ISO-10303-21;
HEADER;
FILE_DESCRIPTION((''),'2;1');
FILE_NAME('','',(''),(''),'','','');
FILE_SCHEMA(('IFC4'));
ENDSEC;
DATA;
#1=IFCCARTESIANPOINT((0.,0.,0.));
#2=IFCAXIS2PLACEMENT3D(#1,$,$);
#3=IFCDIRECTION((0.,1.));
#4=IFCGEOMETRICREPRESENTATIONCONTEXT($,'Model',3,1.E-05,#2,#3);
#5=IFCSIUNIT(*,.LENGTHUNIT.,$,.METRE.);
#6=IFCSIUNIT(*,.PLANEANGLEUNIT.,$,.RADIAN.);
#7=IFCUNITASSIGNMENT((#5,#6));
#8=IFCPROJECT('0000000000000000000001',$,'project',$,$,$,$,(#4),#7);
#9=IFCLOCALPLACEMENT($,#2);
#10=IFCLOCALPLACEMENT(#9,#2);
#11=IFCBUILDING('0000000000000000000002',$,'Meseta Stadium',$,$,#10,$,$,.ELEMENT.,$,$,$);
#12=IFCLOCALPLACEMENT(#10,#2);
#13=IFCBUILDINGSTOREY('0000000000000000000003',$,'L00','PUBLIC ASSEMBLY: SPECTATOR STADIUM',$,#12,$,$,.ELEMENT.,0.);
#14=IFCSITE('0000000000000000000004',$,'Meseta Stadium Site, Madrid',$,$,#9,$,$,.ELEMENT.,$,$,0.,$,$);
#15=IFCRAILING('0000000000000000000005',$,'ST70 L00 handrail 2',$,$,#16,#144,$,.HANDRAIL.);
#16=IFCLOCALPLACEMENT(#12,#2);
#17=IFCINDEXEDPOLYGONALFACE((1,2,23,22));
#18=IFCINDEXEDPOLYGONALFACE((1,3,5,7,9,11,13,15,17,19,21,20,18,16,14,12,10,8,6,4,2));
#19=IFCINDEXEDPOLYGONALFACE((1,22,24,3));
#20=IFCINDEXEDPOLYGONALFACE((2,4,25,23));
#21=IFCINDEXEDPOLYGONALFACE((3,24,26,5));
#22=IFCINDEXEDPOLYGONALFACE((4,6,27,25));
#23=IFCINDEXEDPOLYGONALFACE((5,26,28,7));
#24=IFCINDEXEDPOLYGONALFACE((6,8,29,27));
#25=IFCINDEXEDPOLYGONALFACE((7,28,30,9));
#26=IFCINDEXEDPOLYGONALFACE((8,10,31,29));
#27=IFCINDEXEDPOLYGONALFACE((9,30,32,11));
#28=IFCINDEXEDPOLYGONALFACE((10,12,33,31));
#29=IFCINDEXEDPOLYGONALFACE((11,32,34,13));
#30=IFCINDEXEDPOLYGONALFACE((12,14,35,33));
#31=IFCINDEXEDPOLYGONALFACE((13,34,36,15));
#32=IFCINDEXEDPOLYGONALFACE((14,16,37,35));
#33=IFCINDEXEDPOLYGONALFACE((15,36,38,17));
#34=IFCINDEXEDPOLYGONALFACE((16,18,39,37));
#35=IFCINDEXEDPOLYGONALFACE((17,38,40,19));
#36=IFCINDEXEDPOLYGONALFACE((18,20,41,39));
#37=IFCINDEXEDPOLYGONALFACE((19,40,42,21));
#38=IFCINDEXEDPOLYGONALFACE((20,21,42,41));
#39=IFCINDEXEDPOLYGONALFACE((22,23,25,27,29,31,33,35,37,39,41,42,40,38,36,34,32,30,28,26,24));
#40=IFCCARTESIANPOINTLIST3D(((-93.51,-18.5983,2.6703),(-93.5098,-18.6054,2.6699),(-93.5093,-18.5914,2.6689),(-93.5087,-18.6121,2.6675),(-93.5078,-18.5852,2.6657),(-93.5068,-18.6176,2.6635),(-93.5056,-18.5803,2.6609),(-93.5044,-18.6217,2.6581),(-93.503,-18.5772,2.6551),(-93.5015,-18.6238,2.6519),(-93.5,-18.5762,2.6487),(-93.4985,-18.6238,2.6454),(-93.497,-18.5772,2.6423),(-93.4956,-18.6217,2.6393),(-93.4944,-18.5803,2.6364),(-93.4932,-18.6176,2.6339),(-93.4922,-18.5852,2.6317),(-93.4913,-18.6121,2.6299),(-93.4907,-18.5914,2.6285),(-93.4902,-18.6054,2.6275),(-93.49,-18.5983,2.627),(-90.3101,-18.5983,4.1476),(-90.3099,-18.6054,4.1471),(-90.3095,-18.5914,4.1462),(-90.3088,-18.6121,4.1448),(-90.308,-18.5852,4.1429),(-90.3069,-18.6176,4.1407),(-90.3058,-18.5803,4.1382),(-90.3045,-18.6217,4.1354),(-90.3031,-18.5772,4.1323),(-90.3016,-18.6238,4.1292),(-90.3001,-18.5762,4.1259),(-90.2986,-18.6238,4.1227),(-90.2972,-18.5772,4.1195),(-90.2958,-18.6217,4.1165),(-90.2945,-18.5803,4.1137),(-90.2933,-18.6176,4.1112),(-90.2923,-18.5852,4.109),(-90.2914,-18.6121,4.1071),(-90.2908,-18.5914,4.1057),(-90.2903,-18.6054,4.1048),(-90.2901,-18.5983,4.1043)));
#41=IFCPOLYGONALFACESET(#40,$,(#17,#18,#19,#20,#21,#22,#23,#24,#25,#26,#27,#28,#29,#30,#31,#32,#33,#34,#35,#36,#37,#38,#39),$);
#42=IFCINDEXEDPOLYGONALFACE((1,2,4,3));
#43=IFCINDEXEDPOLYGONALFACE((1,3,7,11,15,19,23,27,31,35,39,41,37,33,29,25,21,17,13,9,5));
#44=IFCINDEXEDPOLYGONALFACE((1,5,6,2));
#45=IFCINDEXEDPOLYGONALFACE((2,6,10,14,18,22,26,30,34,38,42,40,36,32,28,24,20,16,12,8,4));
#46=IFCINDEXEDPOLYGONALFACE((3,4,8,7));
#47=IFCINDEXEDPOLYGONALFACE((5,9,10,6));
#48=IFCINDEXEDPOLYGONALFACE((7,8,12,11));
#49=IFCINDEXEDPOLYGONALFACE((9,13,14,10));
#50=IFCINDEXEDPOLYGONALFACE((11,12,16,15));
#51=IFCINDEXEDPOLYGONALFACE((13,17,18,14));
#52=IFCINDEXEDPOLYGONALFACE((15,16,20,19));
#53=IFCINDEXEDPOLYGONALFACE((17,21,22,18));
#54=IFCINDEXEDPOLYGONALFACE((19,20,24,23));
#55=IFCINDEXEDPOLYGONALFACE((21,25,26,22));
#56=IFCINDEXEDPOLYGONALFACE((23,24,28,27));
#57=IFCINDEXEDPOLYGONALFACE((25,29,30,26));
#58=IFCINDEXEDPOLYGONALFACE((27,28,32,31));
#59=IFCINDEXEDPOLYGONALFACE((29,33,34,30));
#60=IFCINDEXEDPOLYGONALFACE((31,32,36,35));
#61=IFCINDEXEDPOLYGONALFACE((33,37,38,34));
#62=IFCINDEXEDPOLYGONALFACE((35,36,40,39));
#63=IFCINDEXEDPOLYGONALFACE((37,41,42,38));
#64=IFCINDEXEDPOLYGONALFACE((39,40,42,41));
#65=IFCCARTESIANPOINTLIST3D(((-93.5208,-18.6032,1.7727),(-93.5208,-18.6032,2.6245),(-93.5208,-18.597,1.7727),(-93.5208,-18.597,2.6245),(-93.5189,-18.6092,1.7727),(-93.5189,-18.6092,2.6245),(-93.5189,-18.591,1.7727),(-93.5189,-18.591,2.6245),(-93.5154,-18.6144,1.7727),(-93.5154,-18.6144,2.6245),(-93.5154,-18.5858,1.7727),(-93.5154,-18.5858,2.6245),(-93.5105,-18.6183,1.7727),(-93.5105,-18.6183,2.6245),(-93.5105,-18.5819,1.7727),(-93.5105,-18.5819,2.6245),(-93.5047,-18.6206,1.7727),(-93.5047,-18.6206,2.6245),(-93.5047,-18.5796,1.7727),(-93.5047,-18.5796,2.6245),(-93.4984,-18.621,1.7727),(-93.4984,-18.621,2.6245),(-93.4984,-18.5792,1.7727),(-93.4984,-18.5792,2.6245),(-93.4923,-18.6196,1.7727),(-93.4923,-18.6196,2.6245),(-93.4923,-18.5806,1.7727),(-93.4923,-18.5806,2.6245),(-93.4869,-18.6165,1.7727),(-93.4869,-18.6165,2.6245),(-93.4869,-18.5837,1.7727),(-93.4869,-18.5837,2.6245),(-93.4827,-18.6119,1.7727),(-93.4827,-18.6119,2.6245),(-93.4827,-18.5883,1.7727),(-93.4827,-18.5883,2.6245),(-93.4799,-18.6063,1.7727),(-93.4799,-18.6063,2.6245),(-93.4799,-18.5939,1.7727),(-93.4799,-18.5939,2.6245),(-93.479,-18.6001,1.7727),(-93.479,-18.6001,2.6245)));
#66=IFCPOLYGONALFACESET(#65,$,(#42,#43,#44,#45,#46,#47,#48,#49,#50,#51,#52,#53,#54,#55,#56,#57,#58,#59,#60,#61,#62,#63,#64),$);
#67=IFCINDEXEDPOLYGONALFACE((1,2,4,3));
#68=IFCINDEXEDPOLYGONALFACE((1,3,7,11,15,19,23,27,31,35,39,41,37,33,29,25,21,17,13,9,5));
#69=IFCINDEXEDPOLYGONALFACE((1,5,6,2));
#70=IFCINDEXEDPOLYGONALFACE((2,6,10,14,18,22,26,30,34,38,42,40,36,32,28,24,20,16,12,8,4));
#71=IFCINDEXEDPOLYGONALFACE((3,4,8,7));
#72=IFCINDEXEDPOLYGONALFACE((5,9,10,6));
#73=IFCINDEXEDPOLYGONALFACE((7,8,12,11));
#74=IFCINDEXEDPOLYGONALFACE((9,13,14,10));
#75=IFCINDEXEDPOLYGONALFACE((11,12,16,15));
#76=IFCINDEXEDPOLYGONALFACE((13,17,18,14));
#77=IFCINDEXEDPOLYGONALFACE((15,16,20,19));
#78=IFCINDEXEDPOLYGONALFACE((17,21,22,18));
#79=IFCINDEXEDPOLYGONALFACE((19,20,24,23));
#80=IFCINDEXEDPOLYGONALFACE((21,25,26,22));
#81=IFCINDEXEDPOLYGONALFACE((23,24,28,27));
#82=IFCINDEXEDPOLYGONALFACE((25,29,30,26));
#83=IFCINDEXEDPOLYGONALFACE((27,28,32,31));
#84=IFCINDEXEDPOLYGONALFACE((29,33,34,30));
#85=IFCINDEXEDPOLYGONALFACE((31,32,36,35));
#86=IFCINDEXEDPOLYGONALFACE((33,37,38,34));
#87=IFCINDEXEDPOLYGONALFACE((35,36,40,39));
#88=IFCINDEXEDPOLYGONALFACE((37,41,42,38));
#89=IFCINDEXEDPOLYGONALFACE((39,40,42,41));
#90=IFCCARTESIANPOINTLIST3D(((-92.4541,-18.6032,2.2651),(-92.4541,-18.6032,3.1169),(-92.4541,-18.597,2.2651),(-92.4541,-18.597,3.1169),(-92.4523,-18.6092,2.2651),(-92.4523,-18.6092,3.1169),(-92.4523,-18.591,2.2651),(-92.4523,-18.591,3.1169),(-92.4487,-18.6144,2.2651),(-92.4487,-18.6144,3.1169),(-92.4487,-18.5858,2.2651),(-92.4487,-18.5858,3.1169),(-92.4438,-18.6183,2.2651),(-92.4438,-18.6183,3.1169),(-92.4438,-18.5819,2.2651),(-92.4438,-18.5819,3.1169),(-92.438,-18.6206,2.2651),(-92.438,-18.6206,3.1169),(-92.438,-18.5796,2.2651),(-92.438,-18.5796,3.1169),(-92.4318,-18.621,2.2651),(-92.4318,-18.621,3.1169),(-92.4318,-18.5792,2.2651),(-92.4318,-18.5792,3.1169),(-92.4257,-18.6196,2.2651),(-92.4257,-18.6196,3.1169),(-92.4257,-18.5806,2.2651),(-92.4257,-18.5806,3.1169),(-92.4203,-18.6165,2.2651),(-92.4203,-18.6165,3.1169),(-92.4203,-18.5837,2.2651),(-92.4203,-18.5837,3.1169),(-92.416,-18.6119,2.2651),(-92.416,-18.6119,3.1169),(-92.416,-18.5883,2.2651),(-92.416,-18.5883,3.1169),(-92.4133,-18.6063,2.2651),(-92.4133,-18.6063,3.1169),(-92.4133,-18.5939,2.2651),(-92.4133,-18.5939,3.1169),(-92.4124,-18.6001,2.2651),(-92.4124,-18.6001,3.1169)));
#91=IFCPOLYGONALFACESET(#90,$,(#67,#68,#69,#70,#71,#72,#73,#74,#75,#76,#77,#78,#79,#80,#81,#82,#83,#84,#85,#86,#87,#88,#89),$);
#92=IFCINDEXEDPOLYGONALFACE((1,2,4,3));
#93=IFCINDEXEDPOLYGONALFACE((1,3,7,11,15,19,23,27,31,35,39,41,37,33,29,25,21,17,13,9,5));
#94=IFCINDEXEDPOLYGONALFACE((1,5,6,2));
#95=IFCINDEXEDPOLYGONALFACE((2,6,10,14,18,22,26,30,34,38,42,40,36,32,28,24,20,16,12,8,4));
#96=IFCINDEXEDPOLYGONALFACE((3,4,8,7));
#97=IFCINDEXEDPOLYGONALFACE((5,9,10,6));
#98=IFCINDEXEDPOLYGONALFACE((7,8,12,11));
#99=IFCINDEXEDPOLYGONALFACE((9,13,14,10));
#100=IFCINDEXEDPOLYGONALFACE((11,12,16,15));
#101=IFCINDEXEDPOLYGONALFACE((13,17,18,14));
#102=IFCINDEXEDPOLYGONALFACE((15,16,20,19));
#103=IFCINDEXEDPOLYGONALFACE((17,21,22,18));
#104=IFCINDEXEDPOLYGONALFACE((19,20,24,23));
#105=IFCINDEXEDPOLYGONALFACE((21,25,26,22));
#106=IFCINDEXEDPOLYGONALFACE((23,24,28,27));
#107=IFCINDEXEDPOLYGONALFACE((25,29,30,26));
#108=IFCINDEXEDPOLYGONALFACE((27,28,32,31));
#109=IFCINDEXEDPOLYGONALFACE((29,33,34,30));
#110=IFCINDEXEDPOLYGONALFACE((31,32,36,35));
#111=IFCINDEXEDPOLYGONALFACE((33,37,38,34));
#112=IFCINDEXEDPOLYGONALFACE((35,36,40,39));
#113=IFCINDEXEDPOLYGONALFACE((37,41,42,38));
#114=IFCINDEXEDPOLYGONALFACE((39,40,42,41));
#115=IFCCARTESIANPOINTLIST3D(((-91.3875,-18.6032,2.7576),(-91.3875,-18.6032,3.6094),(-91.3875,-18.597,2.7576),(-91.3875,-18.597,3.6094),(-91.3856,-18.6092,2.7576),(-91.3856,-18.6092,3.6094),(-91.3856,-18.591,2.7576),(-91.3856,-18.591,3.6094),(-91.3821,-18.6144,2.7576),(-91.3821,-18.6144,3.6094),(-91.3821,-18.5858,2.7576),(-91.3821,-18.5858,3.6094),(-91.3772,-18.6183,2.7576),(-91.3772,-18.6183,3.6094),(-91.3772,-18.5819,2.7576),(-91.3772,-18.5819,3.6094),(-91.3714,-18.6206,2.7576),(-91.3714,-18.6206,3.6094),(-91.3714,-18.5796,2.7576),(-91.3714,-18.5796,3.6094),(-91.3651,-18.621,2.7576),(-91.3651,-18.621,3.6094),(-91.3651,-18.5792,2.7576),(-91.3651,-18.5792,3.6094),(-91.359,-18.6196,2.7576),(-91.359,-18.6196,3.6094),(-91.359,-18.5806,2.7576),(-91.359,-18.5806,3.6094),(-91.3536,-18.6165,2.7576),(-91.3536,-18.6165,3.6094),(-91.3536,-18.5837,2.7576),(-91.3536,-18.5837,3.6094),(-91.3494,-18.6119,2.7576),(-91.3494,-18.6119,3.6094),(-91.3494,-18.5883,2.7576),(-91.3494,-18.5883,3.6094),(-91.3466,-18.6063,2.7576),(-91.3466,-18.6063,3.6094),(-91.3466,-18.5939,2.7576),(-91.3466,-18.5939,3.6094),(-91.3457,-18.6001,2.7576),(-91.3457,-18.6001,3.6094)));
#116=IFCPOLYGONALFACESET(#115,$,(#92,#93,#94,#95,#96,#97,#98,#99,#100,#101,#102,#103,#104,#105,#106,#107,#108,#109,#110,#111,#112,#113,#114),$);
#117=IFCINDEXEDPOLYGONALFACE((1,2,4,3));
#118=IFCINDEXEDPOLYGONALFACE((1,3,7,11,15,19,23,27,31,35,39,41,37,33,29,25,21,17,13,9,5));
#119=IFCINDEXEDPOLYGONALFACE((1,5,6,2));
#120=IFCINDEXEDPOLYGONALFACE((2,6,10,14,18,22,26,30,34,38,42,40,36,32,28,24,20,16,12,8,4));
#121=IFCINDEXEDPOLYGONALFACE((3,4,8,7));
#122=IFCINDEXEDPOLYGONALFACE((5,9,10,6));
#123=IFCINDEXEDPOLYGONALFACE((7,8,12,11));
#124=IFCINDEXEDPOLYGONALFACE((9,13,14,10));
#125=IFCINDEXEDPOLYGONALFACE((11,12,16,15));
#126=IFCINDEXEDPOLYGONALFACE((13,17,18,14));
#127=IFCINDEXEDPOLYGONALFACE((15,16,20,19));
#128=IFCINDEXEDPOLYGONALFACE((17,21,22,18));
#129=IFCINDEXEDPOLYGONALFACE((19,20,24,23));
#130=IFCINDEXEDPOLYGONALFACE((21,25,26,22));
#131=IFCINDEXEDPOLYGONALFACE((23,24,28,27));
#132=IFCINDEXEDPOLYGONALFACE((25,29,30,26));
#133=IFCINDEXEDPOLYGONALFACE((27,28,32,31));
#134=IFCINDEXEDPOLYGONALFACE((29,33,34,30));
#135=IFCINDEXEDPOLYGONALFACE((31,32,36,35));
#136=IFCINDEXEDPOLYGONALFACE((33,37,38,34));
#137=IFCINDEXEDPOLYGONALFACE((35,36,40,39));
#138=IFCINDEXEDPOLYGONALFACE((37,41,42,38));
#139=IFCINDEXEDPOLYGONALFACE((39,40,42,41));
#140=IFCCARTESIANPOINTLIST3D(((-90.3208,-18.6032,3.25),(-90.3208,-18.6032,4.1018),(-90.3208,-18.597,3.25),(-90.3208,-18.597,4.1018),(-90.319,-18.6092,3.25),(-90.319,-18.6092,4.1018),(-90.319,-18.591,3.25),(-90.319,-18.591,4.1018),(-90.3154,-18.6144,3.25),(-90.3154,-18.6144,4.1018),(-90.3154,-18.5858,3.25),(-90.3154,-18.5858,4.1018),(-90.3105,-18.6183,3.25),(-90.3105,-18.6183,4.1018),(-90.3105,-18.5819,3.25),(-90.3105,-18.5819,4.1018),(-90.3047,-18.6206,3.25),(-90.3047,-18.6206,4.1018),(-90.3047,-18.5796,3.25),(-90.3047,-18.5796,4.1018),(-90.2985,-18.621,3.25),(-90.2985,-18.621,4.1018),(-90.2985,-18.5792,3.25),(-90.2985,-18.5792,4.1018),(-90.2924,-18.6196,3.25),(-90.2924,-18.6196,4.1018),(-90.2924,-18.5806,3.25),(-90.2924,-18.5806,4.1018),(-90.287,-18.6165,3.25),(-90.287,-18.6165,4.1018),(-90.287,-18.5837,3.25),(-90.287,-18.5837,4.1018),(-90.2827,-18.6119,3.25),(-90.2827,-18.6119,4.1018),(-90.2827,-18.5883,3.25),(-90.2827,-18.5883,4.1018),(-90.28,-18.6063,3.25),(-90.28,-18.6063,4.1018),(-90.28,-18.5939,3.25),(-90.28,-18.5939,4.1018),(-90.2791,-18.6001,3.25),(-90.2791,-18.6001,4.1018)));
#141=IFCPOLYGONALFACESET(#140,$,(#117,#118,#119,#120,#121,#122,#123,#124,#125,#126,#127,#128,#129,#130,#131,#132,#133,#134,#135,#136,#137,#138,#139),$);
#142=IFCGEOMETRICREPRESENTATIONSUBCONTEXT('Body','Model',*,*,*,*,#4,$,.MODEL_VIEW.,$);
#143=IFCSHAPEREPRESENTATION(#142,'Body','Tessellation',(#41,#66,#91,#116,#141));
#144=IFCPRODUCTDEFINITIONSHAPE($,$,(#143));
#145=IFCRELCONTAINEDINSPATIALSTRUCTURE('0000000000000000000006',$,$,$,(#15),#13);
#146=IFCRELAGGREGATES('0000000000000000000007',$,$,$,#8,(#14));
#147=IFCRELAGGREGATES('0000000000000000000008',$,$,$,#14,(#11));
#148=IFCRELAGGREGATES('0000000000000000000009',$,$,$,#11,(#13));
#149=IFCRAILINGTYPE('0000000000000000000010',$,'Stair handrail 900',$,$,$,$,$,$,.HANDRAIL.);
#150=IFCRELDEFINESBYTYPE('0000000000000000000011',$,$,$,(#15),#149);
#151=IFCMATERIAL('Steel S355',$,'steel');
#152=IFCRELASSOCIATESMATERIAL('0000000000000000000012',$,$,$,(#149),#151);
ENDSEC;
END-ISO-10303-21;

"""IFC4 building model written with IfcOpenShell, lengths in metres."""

from ifc_helpers import new_model, si_unit, direction, frame, origin, origin_2d, place, context, subcontext, project, spatial, circle, extrude, material, type_object, element, save


model = new_model("IFC4")

# Units and contexts
model_context = context("Model", 3, precision=1e-05, world=origin(), true_north=direction((0.0, 1.0)))
body_context = subcontext(model_context, "Body", "Model", "MODEL_VIEW")
ifc_project = project(units=[si_unit("LENGTHUNIT", "METRE"), si_unit("PLANEANGLEUNIT", "RADIAN")], contexts=[model_context])

# Site, building, storey
site_placement = place(None, origin())
site = spatial("IfcSite", under=ifc_project, at=site_placement, Name="Meseta Stadium Site, Madrid", CompositionType="ELEMENT", RefElevation=0.0)
building_placement = place(site_placement, origin())
building = spatial("IfcBuilding", under=site, at=building_placement, Name="Meseta Stadium", CompositionType="ELEMENT")
storey_placement = place(building_placement, origin())
storey = spatial("IfcBuildingStorey", under=building, at=storey_placement, Name="L00", Description="PUBLIC ASSEMBLY: SPECTATOR STADIUM", CompositionType="ELEMENT", Elevation=0.0)

# Railing
ifc_material_1 = material(Name="Steel S355", Category="steel")
railing_type_1 = type_object("IfcRailingType", Name="Stair handrail 900", PredefinedType="HANDRAIL", material=ifc_material_1)
for number, where, name in (
    (1, (-93.5, -18.6001, 1.7727), "ST70 L00 handrail 2"),
):
    element("IfcRailing", number, at=place(storey_placement, frame(where)), inside=storey, type_object=railing_type_1, Name=name, PredefinedType="HANDRAIL", context=body_context, shape_type="SweptSolid", body=[
        extrude(circle(Radius=0.0239, at=origin_2d()), frame((0.0, 0.0, 0.876), z_axis=(0.907917, 0.0, 0.41915), x_axis=(0.0, 1.0, 0.0)), (0.0, 0.0, 1.0), 3.5244),
        extrude(circle(Radius=0.021, at=origin_2d()), origin(), (0.0, 0.0, 1.0), 0.8518),
        extrude(circle(Radius=0.021, at=origin_2d()), frame((1.0667, 0.0, 0.4924)), (0.0, 0.0, 1.0), 0.8518),
        extrude(circle(Radius=0.021, at=origin_2d()), frame((2.1333, 0.0, 0.9849)), (0.0, 0.0, 1.0), 0.8518),
        extrude(circle(Radius=0.021, at=origin_2d()), frame((3.2, 0.0, 1.4773)), (0.0, 0.0, 1.0), 0.8518),
    ])

save(model, "model.ifc")
